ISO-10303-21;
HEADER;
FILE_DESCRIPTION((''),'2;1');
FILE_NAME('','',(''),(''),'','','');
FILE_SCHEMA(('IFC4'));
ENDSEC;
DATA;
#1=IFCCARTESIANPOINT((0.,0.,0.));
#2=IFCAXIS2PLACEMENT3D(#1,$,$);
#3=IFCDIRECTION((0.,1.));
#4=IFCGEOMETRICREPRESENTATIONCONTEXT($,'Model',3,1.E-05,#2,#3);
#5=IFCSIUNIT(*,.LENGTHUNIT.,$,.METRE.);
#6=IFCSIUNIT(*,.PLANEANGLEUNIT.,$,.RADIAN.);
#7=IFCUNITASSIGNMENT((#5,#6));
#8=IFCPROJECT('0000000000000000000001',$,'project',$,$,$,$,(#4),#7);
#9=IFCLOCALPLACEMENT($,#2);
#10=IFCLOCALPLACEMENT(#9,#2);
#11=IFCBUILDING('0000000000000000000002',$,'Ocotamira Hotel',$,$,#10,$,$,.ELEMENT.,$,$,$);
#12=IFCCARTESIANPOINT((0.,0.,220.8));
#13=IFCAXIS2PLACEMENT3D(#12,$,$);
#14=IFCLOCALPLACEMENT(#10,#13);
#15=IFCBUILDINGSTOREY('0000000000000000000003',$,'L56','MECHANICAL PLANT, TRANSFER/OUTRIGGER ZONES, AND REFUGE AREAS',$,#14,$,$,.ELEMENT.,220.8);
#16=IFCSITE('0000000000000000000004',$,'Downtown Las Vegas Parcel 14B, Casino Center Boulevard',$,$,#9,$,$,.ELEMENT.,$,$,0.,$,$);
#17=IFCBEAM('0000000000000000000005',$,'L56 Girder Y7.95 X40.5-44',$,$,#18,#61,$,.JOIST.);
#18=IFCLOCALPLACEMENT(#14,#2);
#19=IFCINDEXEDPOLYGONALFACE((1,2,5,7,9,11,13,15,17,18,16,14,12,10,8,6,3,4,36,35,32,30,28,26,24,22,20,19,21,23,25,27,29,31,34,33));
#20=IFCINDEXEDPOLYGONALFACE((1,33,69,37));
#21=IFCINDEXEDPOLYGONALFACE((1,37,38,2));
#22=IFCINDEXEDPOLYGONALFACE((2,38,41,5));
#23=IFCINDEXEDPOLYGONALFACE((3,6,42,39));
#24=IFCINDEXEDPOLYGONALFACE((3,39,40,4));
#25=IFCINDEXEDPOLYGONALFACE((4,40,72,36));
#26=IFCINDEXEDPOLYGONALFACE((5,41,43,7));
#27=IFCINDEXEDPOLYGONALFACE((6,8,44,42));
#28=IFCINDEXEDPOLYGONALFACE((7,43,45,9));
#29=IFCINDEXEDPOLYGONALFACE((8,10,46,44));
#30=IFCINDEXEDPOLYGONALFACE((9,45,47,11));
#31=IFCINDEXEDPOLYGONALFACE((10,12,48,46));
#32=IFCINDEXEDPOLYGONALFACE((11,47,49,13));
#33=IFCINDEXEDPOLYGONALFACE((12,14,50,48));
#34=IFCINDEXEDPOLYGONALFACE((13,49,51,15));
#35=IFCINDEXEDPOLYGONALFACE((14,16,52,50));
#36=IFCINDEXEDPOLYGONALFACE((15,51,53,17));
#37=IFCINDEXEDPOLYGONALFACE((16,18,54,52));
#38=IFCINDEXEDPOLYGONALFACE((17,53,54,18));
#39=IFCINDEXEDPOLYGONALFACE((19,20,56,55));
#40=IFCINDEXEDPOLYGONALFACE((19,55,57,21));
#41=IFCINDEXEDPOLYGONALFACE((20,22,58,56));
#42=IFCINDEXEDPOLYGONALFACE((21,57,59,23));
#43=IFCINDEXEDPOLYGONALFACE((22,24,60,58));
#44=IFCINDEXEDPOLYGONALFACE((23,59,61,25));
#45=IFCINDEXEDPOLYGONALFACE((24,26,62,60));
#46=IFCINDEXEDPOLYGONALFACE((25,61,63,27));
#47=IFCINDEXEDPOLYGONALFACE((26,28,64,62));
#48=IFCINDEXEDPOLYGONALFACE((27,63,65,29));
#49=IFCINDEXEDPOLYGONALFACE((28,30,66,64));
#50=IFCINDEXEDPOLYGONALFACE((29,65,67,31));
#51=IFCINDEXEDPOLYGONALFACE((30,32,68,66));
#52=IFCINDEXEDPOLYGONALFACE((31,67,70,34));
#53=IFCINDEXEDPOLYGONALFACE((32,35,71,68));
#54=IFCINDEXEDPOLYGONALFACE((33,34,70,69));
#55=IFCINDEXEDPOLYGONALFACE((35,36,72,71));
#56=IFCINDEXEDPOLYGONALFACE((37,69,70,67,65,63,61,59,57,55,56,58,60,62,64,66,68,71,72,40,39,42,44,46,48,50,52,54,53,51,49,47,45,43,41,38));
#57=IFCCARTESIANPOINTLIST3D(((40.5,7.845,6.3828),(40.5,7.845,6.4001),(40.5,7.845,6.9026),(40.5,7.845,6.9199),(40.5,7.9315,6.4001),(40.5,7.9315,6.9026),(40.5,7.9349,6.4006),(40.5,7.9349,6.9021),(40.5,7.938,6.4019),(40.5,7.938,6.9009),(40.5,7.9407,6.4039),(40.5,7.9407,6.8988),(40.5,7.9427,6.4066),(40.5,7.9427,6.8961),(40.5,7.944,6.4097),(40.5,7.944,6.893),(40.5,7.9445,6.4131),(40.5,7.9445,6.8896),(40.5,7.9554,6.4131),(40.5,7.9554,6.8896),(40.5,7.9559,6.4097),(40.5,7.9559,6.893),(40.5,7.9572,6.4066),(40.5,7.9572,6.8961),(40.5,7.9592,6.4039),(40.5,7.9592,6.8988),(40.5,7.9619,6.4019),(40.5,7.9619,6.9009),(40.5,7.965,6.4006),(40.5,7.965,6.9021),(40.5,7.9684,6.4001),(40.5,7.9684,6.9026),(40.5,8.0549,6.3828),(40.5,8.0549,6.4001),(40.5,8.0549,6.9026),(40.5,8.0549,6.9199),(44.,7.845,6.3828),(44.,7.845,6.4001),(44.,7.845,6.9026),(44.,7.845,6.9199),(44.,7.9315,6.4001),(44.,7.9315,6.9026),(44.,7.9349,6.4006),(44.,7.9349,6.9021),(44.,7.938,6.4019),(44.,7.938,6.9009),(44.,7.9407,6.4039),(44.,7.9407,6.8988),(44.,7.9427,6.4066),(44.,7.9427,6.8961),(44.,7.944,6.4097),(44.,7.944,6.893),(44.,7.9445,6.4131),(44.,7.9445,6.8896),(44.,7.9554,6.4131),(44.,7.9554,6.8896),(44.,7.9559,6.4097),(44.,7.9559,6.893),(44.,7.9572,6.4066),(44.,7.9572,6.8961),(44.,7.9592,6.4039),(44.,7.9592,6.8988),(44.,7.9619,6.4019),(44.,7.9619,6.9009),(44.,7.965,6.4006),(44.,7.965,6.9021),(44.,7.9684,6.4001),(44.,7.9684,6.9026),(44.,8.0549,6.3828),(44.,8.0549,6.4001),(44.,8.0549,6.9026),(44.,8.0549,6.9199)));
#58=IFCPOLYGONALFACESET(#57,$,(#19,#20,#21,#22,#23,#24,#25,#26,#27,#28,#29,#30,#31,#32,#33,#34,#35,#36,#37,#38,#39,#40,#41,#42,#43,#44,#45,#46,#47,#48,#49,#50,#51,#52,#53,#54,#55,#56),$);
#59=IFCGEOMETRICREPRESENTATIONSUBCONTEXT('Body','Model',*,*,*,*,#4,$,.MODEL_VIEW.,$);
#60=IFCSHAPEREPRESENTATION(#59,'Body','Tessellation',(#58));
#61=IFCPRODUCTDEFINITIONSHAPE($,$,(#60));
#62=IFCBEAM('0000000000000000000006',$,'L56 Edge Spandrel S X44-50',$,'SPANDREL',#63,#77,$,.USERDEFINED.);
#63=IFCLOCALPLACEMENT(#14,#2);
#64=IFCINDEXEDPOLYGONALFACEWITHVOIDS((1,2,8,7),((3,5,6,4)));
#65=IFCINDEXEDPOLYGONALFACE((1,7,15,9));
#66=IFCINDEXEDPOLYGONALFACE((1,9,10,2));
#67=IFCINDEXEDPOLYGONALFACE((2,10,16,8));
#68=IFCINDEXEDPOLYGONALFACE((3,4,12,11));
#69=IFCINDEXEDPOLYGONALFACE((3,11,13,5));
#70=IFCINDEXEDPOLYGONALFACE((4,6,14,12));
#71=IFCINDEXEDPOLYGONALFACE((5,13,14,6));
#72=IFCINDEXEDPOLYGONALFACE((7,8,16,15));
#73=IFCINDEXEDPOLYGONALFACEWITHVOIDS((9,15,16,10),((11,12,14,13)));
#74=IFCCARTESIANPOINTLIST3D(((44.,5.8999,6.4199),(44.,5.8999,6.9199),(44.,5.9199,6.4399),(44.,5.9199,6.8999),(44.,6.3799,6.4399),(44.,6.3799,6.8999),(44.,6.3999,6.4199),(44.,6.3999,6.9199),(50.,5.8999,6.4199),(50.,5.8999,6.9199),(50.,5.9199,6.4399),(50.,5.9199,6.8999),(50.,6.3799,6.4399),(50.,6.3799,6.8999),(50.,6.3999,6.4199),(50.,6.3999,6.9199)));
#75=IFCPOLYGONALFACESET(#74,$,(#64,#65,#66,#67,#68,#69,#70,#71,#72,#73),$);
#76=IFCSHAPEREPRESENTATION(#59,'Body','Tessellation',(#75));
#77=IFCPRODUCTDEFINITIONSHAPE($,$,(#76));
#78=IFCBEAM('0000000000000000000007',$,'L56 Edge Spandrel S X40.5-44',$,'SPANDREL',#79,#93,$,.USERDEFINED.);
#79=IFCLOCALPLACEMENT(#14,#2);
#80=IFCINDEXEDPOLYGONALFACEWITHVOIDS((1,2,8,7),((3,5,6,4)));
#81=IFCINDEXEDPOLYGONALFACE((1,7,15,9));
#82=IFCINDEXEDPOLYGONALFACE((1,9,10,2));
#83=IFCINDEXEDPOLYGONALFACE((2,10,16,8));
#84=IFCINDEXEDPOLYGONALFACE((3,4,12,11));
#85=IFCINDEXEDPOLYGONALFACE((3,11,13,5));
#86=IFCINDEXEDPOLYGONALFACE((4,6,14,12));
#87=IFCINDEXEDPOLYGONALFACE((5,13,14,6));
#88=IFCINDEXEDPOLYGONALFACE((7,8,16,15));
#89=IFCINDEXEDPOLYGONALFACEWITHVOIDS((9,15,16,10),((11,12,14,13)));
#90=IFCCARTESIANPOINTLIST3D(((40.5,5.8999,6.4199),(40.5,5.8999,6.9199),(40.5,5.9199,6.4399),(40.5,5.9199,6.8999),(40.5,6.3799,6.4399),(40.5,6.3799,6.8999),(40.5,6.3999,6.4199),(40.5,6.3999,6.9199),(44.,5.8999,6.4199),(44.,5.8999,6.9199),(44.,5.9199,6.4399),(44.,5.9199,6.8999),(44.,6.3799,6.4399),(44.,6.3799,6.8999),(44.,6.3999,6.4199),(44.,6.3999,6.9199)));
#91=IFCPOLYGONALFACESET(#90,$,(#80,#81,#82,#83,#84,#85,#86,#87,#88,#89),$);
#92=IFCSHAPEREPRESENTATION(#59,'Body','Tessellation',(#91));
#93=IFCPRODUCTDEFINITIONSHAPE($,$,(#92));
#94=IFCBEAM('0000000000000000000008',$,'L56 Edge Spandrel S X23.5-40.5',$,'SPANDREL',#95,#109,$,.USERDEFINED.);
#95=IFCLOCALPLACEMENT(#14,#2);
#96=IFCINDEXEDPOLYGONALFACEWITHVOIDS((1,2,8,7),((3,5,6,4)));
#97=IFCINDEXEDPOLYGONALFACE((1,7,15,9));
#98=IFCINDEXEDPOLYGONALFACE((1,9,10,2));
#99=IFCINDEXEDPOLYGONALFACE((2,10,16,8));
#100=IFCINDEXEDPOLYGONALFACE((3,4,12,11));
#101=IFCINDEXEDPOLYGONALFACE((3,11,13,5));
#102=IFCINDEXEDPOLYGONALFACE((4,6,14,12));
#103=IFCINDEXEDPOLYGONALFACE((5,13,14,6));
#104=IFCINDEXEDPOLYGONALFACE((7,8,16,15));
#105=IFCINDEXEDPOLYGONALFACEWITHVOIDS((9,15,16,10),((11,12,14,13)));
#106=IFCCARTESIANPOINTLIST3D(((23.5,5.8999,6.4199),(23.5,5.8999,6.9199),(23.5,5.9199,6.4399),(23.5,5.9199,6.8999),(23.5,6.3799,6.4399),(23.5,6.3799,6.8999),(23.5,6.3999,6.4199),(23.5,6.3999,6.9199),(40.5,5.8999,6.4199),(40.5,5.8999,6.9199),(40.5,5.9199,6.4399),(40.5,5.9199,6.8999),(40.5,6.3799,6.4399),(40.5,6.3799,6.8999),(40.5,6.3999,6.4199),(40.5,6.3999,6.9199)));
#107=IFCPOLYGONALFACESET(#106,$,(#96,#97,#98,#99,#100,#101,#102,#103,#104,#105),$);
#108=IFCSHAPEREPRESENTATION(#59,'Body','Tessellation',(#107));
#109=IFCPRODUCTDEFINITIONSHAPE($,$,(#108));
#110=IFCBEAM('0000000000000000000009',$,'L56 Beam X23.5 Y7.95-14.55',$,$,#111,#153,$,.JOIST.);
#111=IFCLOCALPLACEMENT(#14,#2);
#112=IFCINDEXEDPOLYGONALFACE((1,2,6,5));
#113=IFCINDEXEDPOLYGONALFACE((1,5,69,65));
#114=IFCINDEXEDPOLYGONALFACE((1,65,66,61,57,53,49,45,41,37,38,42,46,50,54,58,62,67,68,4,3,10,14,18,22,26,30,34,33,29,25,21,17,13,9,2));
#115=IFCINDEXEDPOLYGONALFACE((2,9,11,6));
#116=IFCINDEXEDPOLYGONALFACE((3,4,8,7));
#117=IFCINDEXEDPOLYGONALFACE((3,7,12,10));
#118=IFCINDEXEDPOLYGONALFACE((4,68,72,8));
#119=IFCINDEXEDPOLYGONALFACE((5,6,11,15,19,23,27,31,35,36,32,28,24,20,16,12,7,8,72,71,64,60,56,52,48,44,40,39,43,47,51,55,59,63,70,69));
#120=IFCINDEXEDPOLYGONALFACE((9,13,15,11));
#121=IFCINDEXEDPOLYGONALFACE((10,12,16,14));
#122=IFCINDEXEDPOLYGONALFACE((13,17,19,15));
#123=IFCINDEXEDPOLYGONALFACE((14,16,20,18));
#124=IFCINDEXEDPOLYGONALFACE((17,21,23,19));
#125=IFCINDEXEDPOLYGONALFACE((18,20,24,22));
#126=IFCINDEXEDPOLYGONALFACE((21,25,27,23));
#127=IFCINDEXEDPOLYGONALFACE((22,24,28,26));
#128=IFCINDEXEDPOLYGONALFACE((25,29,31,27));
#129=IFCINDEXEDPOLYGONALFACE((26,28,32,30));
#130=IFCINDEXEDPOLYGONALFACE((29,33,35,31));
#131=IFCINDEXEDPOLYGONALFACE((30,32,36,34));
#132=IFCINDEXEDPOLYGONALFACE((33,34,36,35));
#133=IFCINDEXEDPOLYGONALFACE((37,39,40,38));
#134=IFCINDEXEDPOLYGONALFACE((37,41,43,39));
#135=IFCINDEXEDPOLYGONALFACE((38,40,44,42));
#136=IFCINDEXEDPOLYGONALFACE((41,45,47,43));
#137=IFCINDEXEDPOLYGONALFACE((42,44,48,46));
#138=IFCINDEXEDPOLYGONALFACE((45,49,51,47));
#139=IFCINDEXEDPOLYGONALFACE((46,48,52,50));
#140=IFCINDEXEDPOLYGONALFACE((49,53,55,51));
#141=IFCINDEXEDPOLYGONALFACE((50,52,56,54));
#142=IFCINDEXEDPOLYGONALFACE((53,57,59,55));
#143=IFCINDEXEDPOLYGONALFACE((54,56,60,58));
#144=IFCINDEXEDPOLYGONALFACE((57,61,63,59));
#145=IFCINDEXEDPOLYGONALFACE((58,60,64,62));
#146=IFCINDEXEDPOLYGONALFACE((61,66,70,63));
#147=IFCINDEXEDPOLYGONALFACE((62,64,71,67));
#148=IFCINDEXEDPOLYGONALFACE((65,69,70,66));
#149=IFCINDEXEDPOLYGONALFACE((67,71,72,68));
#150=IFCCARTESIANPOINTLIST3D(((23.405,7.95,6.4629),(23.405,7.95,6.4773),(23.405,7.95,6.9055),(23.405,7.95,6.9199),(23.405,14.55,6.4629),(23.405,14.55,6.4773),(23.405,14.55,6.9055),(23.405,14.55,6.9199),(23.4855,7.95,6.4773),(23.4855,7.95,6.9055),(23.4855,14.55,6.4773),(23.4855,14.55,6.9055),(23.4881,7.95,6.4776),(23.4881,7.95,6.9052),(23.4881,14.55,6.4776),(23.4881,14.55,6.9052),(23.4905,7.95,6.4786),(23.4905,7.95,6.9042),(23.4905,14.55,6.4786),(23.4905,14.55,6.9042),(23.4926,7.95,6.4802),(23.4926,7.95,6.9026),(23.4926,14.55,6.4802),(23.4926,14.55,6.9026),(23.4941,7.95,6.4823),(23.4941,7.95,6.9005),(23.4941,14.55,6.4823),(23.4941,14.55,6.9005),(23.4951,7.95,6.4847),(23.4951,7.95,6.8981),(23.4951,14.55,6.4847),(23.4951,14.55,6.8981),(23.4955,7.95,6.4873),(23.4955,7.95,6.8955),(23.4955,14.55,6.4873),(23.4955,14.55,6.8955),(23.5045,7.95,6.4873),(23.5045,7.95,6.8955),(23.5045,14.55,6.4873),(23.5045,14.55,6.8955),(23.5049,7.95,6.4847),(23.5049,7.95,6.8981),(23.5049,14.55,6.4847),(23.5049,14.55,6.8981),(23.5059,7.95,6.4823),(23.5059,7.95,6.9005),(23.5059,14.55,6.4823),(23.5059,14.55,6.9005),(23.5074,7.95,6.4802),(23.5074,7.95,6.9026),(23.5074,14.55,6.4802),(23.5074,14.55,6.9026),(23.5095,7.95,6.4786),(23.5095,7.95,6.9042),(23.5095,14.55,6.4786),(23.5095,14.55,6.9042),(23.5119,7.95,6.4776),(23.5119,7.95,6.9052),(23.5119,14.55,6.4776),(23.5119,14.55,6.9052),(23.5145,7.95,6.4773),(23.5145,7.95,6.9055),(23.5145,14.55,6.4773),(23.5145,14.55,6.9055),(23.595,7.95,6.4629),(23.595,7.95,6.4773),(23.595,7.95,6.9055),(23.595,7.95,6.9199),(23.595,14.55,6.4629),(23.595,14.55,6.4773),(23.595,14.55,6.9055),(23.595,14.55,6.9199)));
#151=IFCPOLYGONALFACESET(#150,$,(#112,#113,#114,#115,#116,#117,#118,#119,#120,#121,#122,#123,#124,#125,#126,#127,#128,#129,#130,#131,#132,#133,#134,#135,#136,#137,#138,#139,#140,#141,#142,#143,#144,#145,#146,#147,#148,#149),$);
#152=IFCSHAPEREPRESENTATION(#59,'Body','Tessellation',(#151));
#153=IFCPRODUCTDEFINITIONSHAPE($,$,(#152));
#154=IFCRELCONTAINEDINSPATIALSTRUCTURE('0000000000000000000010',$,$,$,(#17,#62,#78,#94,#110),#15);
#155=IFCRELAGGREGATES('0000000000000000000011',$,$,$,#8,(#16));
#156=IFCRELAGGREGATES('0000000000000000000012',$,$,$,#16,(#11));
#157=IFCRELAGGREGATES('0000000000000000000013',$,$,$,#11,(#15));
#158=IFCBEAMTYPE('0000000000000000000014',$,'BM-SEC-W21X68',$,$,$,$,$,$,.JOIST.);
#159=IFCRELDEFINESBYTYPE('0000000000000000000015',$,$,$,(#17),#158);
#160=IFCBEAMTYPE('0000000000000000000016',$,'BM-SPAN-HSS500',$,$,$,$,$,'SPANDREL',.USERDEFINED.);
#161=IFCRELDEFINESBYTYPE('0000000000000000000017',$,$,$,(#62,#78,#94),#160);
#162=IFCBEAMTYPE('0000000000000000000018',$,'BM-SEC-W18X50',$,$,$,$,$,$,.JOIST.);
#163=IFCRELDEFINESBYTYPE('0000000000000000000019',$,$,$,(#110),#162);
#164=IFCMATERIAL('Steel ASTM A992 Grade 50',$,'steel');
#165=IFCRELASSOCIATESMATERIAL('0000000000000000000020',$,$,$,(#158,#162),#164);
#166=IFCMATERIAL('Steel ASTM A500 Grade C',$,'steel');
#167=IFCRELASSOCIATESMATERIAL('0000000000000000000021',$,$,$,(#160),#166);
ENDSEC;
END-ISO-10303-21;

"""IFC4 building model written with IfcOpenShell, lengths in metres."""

from ifc_helpers import new_model, si_unit, direction, frame, origin, origin_2d, place, context, subcontext, project, spatial, hollow_rectangle, i_section, extrude, source, transform, mapped, material, material_profile, profile_set, type_object, element, save


model = new_model("IFC4")

# Units and contexts
model_context = context("Model", 3, precision=1e-05, world=origin(), true_north=direction((0.0, 1.0)))
body_context = subcontext(model_context, "Body", "Model", "MODEL_VIEW")
ifc_project = project(units=[si_unit("LENGTHUNIT", "METRE"), si_unit("PLANEANGLEUNIT", "RADIAN")], contexts=[model_context])

# Site, building, storey
site_placement = place(None, origin())
site = spatial("IfcSite", under=ifc_project, at=site_placement, Name="Downtown Las Vegas Parcel 14B, Casino Center Boulevard", CompositionType="ELEMENT", RefElevation=0.0)
building_placement = place(site_placement, origin())
building = spatial("IfcBuilding", under=site, at=building_placement, Name="Ocotamira Hotel", CompositionType="ELEMENT")
storey_placement = place(building_placement, frame((0.0, 0.0, 220.8)))
storey = spatial("IfcBuildingStorey", under=building, at=storey_placement, Name="L56", Description="MECHANICAL PLANT, TRANSFER/OUTRIGGER ZONES, AND REFUGE AREAS", CompositionType="ELEMENT", Elevation=220.8)

# Beams
ifc_material_1 = material(Name="Steel ASTM A992 Grade 50", Category="steel")
ifc_material_profile_1 = material_profile(ifc_material_1, i_section(OverallWidth=0.21, OverallDepth=0.5371, WebThickness=0.011, FlangeThickness=0.0173, FilletRadius=0.0129, at=origin_2d()), Name="W21X68")
ifc_profile_set_1 = profile_set([ifc_material_profile_1], Name="Steel ASTM A992 Grade 50")
beam_type_1 = type_object("IfcBeamType", Name="BM-SEC-W21X68", PredefinedType="JOIST", material=ifc_profile_set_1)
shared_shape_1 = source(origin(), body_context, "Body", "SweptSolid", [
    extrude(i_section(OverallWidth=0.21, OverallDepth=0.5371, WebThickness=0.011, FlangeThickness=0.0173, FilletRadius=0.0129, at=origin_2d()), origin(), (0.0, 0.0, 1.0), 3.5),
])
beam_1_placement = place(storey_placement, frame((40.5, 7.95, 6.6514), z_axis=(1.0, 0.0, 0.0), x_axis=(0.0, 1.0, 0.0)))
element("IfcBeam", 1, at=beam_1_placement, inside=storey, type_object=beam_type_1, Name="L56 Girder Y7.95 X40.5-44", PredefinedType="JOIST", context=body_context, shape_type="MappedRepresentation", body=[
    mapped(shared_shape_1, transform((0.0, 0.0, 0.0), scale=1.0)),
])
ifc_material_2 = material(Name="Steel ASTM A500 Grade C", Category="steel")
ifc_material_profile_2 = material_profile(ifc_material_2, hollow_rectangle(XDim=0.5, YDim=0.5, WallThickness=0.02, at=origin_2d()), Name="HSS500X500X20")
ifc_profile_set_2 = profile_set([ifc_material_profile_2], Name="Steel ASTM A500 Grade C")
beam_type_2 = type_object("IfcBeamType", Name="BM-SPAN-HSS500", ElementType="SPANDREL", PredefinedType="USERDEFINED", material=ifc_profile_set_2)
shared_shape_2 = source(origin(), body_context, "Body", "SweptSolid", [
    extrude(hollow_rectangle(XDim=0.5, YDim=0.5, WallThickness=0.02, at=origin_2d()), origin(), (0.0, 0.0, 1.0), 6.0),
])
beam_2_placement = place(storey_placement, frame((44.0, 6.1499, 6.6699), z_axis=(1.0, 0.0, 0.0), x_axis=(0.0, 1.0, 0.0)))
element("IfcBeam", 2, at=beam_2_placement, inside=storey, type_object=beam_type_2, Name="L56 Edge Spandrel S X44-50", ObjectType="SPANDREL", PredefinedType="USERDEFINED", context=body_context, shape_type="MappedRepresentation", body=[
    mapped(shared_shape_2, transform((0.0, 0.0, 0.0), scale=1.0)),
])
shared_shape_3 = source(origin(), body_context, "Body", "SweptSolid", [
    extrude(hollow_rectangle(XDim=0.5, YDim=0.5, WallThickness=0.02, at=origin_2d()), origin(), (0.0, 0.0, 1.0), 3.5),
])
beam_3_placement = place(storey_placement, frame((40.5, 6.1499, 6.6699), z_axis=(1.0, 0.0, 0.0), x_axis=(0.0, 1.0, 0.0)))
element("IfcBeam", 3, at=beam_3_placement, inside=storey, type_object=beam_type_2, Name="L56 Edge Spandrel S X40.5-44", ObjectType="SPANDREL", PredefinedType="USERDEFINED", context=body_context, shape_type="MappedRepresentation", body=[
    mapped(shared_shape_3, transform((0.0, 0.0, 0.0), scale=1.0)),
])
shared_shape_4 = source(origin(), body_context, "Body", "SweptSolid", [
    extrude(hollow_rectangle(XDim=0.5, YDim=0.5, WallThickness=0.02, at=origin_2d()), origin(), (0.0, 0.0, 1.0), 17.0),
])
beam_4_placement = place(storey_placement, frame((23.5, 6.1499, 6.6699), z_axis=(1.0, 0.0, 0.0), x_axis=(0.0, 1.0, 0.0)))
element("IfcBeam", 4, at=beam_4_placement, inside=storey, type_object=beam_type_2, Name="L56 Edge Spandrel S X23.5-40.5", ObjectType="SPANDREL", PredefinedType="USERDEFINED", context=body_context, shape_type="MappedRepresentation", body=[
    mapped(shared_shape_4, transform((0.0, 0.0, 0.0), scale=1.0)),
])
ifc_material_profile_3 = material_profile(ifc_material_1, i_section(OverallWidth=0.1899, OverallDepth=0.457, WebThickness=0.009, FlangeThickness=0.0144, FilletRadius=0.01, at=origin_2d()), Name="W18X50")
ifc_profile_set_3 = profile_set([ifc_material_profile_3], Name="Steel ASTM A992 Grade 50")
beam_type_3 = type_object("IfcBeamType", Name="BM-SEC-W18X50", PredefinedType="JOIST", material=ifc_profile_set_3)
shared_shape_5 = source(origin(), body_context, "Body", "SweptSolid", [
    extrude(i_section(OverallWidth=0.1899, OverallDepth=0.457, WebThickness=0.009, FlangeThickness=0.0144, FilletRadius=0.01, at=origin_2d()), origin(), (0.0, 0.0, 1.0), 6.6001),
])
for number, where, z_axis, x_axis, name in (
    (5, (23.5, 7.95, 6.6914), (0.0, 1.0, 0.0), (-1.0, 0.0, 0.0), "L56 Beam X23.5 Y7.95-14.55"),
):
    element("IfcBeam", number, at=place(storey_placement, frame(where, z_axis=z_axis, x_axis=x_axis)), inside=storey, type_object=beam_type_3, Name=name, PredefinedType="JOIST", context=body_context, shape_type="MappedRepresentation", body=[
        mapped(shared_shape_5, transform((0.0, 0.0, 0.0), scale=1.0)),
    ])

save(model, "model.ifc")
